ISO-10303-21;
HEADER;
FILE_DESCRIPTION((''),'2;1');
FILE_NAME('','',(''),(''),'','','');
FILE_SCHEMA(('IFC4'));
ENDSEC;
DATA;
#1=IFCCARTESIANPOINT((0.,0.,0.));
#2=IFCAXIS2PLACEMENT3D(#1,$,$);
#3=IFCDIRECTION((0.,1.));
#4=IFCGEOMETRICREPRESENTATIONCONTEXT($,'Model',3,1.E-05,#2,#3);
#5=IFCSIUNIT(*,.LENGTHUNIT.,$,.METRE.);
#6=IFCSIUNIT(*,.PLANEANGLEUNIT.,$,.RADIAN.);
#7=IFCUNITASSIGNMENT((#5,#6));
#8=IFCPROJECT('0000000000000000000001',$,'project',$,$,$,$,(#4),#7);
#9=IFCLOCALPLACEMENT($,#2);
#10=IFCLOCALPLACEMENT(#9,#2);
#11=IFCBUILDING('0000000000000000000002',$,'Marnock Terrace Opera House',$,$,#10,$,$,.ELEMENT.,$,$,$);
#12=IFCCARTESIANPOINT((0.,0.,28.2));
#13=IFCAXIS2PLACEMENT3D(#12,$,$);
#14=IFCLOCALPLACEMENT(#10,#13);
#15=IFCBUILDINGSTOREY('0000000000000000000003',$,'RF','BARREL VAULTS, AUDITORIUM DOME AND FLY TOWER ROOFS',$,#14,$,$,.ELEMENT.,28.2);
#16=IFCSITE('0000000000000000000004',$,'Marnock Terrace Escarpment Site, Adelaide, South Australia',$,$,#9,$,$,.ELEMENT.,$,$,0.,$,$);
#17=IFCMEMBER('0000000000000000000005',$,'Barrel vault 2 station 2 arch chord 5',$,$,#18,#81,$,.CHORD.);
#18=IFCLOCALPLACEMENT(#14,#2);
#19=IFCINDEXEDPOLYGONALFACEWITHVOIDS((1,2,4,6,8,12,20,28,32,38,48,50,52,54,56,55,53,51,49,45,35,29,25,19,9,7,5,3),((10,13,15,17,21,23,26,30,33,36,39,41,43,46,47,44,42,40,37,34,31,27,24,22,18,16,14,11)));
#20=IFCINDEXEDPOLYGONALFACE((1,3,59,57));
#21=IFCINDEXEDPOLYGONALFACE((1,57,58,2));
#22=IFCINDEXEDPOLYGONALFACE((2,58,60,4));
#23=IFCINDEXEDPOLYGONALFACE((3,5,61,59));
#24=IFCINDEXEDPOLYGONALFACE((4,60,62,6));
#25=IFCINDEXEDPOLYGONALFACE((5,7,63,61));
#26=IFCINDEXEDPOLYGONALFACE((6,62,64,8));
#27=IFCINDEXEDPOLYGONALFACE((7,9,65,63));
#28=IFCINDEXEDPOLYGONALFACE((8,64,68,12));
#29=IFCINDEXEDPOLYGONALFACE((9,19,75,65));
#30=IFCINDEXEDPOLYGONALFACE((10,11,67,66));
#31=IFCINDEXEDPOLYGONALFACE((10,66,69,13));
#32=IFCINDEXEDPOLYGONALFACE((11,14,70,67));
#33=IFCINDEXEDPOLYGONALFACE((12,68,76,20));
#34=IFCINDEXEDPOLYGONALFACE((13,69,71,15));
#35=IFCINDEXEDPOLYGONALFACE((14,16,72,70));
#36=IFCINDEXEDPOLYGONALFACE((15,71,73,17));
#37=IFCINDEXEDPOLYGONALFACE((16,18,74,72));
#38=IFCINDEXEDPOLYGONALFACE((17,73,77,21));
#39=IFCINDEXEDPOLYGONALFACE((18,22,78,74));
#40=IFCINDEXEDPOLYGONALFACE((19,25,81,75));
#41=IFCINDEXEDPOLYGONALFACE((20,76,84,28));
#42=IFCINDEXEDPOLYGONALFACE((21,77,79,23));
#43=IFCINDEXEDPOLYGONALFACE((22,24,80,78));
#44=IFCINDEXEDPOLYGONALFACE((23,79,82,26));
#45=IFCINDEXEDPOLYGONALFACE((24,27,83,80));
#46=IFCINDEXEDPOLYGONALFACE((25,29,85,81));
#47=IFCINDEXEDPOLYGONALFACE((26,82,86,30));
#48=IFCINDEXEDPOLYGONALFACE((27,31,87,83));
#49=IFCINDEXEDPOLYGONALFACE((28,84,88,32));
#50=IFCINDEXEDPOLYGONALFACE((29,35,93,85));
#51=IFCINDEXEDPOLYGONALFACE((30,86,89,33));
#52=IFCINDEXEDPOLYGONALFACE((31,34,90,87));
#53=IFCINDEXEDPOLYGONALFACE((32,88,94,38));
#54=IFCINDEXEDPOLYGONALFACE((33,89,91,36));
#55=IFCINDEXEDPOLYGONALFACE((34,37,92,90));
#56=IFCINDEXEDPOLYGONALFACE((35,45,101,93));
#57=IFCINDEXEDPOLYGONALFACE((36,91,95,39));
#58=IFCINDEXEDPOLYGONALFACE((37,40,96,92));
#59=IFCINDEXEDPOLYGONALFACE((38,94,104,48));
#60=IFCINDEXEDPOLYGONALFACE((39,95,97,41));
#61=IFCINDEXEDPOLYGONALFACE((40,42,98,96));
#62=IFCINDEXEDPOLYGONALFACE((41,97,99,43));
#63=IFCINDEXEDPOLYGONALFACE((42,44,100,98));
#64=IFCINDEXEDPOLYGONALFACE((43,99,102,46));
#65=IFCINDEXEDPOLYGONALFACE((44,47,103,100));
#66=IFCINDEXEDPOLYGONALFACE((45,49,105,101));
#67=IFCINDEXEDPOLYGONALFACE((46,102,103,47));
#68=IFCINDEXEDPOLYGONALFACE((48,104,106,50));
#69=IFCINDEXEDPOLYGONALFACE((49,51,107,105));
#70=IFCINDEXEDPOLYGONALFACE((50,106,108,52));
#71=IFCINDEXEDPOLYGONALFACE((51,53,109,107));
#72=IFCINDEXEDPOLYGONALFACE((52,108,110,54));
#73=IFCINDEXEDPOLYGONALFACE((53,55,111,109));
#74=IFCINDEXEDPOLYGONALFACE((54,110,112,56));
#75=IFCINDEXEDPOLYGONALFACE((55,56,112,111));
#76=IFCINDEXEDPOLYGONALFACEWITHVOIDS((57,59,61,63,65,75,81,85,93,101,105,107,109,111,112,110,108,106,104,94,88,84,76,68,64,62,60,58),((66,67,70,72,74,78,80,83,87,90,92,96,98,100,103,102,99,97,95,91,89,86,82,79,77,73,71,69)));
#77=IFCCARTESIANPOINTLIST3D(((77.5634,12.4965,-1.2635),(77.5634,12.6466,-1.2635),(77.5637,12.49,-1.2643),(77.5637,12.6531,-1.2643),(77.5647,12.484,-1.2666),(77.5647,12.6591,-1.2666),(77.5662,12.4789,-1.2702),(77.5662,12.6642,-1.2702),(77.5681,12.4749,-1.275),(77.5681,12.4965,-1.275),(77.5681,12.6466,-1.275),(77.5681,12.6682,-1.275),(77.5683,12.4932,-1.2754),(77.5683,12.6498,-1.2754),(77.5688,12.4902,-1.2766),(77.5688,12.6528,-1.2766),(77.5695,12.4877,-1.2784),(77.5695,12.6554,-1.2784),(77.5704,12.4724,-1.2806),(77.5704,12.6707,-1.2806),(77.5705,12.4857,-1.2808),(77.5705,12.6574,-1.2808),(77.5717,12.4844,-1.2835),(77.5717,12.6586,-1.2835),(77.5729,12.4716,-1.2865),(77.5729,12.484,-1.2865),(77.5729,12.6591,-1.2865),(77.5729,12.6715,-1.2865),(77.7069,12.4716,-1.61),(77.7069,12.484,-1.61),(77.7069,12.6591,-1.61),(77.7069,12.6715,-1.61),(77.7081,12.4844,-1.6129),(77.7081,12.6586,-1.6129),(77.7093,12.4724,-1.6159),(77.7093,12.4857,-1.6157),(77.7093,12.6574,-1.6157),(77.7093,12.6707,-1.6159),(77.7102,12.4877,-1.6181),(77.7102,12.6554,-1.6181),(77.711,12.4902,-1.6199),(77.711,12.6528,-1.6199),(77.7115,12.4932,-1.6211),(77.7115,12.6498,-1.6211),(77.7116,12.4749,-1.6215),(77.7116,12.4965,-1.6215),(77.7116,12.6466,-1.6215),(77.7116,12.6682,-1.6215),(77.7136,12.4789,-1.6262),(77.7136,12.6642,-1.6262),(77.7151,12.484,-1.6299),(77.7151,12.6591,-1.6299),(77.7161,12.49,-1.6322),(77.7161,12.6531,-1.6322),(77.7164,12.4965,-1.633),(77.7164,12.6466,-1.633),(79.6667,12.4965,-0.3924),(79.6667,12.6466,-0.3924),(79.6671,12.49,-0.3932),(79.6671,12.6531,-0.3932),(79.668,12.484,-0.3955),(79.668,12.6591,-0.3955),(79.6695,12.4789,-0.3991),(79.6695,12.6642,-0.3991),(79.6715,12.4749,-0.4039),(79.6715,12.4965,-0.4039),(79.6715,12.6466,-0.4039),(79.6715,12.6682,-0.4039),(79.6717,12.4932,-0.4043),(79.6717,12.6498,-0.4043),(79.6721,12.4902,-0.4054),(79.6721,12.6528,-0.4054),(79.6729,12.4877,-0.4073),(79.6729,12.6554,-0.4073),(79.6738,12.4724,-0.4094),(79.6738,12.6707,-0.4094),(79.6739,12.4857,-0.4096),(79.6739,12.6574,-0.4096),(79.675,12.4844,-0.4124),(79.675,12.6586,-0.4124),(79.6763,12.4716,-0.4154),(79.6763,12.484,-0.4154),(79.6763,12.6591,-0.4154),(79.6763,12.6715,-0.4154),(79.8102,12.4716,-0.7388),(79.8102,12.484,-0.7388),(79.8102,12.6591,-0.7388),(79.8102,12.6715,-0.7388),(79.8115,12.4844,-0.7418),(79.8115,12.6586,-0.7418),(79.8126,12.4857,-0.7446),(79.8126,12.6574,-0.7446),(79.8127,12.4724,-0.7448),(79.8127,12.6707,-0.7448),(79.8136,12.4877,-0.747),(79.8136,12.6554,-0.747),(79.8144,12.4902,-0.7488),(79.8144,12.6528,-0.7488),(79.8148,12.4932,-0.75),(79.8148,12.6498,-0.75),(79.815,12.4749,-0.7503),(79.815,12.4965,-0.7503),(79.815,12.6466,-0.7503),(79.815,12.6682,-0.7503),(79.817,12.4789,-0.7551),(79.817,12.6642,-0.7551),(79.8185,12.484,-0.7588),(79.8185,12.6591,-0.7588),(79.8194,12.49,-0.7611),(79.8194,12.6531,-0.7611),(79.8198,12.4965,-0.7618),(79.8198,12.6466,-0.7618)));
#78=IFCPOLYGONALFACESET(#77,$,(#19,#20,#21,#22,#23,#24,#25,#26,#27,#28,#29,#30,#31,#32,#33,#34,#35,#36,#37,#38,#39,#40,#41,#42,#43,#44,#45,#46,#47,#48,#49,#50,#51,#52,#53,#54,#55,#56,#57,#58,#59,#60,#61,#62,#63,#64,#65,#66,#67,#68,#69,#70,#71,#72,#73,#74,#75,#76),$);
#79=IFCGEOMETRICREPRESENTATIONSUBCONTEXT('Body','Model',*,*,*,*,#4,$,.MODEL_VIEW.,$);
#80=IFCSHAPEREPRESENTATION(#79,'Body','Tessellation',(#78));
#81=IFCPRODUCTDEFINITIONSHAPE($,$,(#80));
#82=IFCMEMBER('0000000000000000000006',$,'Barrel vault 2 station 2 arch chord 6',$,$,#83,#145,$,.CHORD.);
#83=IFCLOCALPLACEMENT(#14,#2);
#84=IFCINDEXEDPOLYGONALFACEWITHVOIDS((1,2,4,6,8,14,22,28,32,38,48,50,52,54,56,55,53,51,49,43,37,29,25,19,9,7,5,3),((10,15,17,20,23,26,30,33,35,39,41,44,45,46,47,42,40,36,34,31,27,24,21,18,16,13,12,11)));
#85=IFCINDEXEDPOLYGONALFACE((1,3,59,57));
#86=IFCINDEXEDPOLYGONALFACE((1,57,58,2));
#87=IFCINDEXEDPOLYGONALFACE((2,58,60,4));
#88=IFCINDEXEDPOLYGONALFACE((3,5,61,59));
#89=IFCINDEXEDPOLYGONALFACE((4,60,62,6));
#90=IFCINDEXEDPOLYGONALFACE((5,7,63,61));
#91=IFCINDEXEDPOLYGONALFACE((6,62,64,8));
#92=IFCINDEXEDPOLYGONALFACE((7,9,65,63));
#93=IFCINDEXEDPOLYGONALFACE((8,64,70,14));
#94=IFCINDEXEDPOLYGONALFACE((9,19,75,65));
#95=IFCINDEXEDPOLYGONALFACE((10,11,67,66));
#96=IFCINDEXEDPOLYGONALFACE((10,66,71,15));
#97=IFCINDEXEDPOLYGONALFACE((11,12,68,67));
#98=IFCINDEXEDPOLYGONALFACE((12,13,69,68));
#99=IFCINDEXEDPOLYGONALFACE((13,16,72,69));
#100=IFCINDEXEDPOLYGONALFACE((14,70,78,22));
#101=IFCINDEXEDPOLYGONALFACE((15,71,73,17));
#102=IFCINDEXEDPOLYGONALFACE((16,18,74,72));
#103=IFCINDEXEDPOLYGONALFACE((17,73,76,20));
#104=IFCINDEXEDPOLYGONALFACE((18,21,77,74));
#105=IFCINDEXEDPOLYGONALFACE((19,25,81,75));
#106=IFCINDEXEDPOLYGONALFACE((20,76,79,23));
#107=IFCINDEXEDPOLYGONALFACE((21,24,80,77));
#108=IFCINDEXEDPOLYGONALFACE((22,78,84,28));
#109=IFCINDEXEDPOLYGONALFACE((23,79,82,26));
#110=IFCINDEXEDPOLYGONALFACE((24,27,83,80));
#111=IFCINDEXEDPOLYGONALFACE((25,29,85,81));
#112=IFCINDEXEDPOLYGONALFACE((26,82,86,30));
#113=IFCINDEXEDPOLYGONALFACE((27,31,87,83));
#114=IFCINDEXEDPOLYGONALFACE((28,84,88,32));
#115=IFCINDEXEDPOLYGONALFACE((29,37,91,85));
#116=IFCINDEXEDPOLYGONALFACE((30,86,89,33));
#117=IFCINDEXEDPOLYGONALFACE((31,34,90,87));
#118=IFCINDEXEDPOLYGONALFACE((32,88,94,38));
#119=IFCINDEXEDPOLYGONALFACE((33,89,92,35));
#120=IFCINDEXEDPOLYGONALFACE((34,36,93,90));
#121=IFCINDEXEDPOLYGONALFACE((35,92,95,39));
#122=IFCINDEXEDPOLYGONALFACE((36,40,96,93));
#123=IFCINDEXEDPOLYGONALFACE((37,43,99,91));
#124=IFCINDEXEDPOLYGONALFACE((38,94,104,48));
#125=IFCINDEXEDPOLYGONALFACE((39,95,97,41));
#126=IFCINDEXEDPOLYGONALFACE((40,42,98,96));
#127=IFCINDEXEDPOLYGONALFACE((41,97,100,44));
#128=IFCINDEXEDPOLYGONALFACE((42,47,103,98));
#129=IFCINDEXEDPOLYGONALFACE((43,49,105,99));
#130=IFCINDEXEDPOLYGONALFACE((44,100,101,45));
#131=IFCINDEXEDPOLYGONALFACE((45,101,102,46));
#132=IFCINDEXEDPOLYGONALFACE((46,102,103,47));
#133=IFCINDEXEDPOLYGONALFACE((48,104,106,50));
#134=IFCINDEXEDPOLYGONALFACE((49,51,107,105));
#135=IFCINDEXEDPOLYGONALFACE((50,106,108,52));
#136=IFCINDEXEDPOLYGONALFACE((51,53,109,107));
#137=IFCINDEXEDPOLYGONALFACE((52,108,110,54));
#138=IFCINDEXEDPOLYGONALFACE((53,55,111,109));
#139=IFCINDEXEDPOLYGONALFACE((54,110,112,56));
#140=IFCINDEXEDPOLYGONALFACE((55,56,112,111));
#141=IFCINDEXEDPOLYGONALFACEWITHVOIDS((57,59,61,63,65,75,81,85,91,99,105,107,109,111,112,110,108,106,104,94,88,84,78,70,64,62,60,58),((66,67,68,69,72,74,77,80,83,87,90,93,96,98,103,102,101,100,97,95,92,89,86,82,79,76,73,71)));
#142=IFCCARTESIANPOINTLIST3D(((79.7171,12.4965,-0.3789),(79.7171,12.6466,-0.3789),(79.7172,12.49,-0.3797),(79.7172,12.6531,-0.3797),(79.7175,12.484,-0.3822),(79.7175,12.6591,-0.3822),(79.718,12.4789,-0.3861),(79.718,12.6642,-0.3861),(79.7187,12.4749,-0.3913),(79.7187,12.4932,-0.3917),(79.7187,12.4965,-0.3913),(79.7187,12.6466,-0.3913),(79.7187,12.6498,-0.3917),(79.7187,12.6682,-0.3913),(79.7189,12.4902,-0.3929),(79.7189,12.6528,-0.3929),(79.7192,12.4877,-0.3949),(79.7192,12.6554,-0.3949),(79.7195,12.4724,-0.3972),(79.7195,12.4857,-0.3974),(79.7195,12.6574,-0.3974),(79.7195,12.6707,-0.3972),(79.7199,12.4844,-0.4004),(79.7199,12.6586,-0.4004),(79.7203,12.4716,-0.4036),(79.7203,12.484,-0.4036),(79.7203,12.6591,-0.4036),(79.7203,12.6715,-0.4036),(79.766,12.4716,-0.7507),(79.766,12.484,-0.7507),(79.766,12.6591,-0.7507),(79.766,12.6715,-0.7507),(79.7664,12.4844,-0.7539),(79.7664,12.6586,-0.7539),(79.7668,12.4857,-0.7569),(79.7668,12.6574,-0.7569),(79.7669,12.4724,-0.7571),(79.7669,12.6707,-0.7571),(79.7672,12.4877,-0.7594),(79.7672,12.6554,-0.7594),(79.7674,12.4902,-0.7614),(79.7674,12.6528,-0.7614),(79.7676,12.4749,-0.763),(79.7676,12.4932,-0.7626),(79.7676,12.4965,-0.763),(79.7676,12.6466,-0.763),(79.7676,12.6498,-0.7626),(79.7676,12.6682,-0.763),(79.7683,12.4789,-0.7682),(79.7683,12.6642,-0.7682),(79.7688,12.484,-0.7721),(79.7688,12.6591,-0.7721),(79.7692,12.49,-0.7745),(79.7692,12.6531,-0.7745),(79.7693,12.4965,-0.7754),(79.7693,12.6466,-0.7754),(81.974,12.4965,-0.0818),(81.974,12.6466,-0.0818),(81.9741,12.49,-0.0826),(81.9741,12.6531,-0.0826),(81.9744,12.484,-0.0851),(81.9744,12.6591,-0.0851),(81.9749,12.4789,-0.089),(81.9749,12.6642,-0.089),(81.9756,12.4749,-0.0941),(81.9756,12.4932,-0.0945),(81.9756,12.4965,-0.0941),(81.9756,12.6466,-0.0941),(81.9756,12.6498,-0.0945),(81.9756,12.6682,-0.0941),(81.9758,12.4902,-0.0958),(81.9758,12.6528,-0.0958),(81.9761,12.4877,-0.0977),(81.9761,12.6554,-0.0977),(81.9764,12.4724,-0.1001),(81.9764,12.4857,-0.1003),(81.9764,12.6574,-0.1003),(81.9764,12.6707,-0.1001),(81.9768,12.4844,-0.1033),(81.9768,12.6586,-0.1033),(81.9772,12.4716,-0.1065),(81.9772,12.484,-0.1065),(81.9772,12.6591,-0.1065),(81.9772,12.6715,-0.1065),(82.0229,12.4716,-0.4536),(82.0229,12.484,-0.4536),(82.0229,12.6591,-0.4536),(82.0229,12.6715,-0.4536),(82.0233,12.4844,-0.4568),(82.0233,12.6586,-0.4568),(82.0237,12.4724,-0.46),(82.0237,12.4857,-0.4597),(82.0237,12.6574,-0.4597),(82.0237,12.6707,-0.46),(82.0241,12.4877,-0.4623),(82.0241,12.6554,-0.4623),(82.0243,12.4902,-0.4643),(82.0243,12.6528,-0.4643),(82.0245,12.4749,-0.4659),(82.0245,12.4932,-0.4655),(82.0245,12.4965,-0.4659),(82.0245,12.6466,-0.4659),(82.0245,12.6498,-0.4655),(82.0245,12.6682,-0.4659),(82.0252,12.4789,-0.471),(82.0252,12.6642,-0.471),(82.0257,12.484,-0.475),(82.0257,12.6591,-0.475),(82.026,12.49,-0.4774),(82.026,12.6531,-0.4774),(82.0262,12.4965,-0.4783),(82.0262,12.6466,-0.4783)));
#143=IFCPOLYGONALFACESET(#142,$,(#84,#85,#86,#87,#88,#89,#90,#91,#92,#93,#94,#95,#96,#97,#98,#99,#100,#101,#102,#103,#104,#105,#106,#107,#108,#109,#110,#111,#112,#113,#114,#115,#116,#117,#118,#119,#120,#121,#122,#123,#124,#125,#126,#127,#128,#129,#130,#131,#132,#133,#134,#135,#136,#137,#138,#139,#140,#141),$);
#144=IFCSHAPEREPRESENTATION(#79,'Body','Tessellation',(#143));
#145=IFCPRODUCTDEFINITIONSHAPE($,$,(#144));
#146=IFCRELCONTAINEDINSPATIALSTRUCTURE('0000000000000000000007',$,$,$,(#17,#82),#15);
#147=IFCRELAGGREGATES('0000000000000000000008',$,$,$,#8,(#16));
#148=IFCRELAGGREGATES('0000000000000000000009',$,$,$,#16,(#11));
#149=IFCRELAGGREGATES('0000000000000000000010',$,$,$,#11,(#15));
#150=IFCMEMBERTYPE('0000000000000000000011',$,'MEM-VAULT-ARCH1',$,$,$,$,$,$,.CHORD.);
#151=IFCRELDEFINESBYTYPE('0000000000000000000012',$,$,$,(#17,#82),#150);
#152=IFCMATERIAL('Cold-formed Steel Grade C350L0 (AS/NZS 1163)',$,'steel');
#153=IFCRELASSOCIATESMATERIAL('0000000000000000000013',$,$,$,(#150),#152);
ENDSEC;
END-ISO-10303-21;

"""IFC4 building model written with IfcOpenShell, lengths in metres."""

from ifc_helpers import new_model, si_unit, direction, frame, origin, origin_2d, place, context, subcontext, project, spatial, hollow_rectangle, extrude, material, material_profile, profile_set, type_object, element, save


model = new_model("IFC4")

# Units and contexts
model_context = context("Model", 3, precision=1e-05, world=origin(), true_north=direction((0.0, 1.0)))
body_context = subcontext(model_context, "Body", "Model", "MODEL_VIEW")
ifc_project = project(units=[si_unit("LENGTHUNIT", "METRE"), si_unit("PLANEANGLEUNIT", "RADIAN")], contexts=[model_context])

# Site, building, storey
site_placement = place(None, origin())
site = spatial("IfcSite", under=ifc_project, at=site_placement, Name="Marnock Terrace Escarpment Site, Adelaide, South Australia", CompositionType="ELEMENT", RefElevation=0.0)
building_placement = place(site_placement, origin())
building = spatial("IfcBuilding", under=site, at=building_placement, Name="Marnock Terrace Opera House", CompositionType="ELEMENT")
storey_placement = place(building_placement, frame((0.0, 0.0, 28.2)))
storey = spatial("IfcBuildingStorey", under=building, at=storey_placement, Name="RF", Description="BARREL VAULTS, AUDITORIUM DOME AND FLY TOWER ROOFS", CompositionType="ELEMENT", Elevation=28.2)

# Members
ifc_material = material(Name="Cold-formed Steel Grade C350L0 (AS/NZS 1163)", Category="steel")
ifc_material_profile_1 = material_profile(ifc_material, hollow_rectangle(XDim=0.2, YDim=0.3999, WallThickness=0.0125, InnerFilletRadius=0.0125, OuterFilletRadius=0.0249, at=origin_2d()))
ifc_profile_set_1 = profile_set([ifc_material_profile_1], Name="Cold-formed Steel Grade C350L0 (AS/NZS 1163)")
member_type_1 = type_object("IfcMemberType", Name="MEM-VAULT-ARCH1", PredefinedType="CHORD", material=ifc_profile_set_1)
member_1_placement = place(storey_placement, frame((77.6399, 12.5715, -1.4482), z_axis=(0.923897, 0.0, 0.382642), x_axis=(0.0, 1.0, 0.0)))
element("IfcMember", 1, at=member_1_placement, inside=storey, type_object=member_type_1, Name="Barrel vault 2 station 2 arch chord 5", PredefinedType="CHORD", context=body_context, shape_type="SweptSolid", body=[
    extrude(hollow_rectangle(XDim=0.2, YDim=0.3999, WallThickness=0.0125, InnerFilletRadius=0.0125, OuterFilletRadius=0.0249, at=origin_2d()), origin(), (0.0, 0.0, 1.0), 2.2766),
])
for number, where, z_axis, x_axis, name in (
    (2, (79.7432, 12.5715, -0.5771), (0.991445, 0.0, 0.130527), (0.0, 1.0, 0.0), "Barrel vault 2 station 2 arch chord 6"),
):
    element("IfcMember", number, at=place(storey_placement, frame(where, z_axis=z_axis, x_axis=x_axis)), inside=storey, type_object=member_type_1, Name=name, PredefinedType="CHORD", context=body_context, shape_type="SweptSolid", body=[
        extrude(hollow_rectangle(XDim=0.2, YDim=0.3999, WallThickness=0.0125, InnerFilletRadius=0.0125, OuterFilletRadius=0.0249, at=origin_2d()), origin(), (0.0, 0.0, 1.0), 2.2764),
    ])

save(model, "model.ifc")
